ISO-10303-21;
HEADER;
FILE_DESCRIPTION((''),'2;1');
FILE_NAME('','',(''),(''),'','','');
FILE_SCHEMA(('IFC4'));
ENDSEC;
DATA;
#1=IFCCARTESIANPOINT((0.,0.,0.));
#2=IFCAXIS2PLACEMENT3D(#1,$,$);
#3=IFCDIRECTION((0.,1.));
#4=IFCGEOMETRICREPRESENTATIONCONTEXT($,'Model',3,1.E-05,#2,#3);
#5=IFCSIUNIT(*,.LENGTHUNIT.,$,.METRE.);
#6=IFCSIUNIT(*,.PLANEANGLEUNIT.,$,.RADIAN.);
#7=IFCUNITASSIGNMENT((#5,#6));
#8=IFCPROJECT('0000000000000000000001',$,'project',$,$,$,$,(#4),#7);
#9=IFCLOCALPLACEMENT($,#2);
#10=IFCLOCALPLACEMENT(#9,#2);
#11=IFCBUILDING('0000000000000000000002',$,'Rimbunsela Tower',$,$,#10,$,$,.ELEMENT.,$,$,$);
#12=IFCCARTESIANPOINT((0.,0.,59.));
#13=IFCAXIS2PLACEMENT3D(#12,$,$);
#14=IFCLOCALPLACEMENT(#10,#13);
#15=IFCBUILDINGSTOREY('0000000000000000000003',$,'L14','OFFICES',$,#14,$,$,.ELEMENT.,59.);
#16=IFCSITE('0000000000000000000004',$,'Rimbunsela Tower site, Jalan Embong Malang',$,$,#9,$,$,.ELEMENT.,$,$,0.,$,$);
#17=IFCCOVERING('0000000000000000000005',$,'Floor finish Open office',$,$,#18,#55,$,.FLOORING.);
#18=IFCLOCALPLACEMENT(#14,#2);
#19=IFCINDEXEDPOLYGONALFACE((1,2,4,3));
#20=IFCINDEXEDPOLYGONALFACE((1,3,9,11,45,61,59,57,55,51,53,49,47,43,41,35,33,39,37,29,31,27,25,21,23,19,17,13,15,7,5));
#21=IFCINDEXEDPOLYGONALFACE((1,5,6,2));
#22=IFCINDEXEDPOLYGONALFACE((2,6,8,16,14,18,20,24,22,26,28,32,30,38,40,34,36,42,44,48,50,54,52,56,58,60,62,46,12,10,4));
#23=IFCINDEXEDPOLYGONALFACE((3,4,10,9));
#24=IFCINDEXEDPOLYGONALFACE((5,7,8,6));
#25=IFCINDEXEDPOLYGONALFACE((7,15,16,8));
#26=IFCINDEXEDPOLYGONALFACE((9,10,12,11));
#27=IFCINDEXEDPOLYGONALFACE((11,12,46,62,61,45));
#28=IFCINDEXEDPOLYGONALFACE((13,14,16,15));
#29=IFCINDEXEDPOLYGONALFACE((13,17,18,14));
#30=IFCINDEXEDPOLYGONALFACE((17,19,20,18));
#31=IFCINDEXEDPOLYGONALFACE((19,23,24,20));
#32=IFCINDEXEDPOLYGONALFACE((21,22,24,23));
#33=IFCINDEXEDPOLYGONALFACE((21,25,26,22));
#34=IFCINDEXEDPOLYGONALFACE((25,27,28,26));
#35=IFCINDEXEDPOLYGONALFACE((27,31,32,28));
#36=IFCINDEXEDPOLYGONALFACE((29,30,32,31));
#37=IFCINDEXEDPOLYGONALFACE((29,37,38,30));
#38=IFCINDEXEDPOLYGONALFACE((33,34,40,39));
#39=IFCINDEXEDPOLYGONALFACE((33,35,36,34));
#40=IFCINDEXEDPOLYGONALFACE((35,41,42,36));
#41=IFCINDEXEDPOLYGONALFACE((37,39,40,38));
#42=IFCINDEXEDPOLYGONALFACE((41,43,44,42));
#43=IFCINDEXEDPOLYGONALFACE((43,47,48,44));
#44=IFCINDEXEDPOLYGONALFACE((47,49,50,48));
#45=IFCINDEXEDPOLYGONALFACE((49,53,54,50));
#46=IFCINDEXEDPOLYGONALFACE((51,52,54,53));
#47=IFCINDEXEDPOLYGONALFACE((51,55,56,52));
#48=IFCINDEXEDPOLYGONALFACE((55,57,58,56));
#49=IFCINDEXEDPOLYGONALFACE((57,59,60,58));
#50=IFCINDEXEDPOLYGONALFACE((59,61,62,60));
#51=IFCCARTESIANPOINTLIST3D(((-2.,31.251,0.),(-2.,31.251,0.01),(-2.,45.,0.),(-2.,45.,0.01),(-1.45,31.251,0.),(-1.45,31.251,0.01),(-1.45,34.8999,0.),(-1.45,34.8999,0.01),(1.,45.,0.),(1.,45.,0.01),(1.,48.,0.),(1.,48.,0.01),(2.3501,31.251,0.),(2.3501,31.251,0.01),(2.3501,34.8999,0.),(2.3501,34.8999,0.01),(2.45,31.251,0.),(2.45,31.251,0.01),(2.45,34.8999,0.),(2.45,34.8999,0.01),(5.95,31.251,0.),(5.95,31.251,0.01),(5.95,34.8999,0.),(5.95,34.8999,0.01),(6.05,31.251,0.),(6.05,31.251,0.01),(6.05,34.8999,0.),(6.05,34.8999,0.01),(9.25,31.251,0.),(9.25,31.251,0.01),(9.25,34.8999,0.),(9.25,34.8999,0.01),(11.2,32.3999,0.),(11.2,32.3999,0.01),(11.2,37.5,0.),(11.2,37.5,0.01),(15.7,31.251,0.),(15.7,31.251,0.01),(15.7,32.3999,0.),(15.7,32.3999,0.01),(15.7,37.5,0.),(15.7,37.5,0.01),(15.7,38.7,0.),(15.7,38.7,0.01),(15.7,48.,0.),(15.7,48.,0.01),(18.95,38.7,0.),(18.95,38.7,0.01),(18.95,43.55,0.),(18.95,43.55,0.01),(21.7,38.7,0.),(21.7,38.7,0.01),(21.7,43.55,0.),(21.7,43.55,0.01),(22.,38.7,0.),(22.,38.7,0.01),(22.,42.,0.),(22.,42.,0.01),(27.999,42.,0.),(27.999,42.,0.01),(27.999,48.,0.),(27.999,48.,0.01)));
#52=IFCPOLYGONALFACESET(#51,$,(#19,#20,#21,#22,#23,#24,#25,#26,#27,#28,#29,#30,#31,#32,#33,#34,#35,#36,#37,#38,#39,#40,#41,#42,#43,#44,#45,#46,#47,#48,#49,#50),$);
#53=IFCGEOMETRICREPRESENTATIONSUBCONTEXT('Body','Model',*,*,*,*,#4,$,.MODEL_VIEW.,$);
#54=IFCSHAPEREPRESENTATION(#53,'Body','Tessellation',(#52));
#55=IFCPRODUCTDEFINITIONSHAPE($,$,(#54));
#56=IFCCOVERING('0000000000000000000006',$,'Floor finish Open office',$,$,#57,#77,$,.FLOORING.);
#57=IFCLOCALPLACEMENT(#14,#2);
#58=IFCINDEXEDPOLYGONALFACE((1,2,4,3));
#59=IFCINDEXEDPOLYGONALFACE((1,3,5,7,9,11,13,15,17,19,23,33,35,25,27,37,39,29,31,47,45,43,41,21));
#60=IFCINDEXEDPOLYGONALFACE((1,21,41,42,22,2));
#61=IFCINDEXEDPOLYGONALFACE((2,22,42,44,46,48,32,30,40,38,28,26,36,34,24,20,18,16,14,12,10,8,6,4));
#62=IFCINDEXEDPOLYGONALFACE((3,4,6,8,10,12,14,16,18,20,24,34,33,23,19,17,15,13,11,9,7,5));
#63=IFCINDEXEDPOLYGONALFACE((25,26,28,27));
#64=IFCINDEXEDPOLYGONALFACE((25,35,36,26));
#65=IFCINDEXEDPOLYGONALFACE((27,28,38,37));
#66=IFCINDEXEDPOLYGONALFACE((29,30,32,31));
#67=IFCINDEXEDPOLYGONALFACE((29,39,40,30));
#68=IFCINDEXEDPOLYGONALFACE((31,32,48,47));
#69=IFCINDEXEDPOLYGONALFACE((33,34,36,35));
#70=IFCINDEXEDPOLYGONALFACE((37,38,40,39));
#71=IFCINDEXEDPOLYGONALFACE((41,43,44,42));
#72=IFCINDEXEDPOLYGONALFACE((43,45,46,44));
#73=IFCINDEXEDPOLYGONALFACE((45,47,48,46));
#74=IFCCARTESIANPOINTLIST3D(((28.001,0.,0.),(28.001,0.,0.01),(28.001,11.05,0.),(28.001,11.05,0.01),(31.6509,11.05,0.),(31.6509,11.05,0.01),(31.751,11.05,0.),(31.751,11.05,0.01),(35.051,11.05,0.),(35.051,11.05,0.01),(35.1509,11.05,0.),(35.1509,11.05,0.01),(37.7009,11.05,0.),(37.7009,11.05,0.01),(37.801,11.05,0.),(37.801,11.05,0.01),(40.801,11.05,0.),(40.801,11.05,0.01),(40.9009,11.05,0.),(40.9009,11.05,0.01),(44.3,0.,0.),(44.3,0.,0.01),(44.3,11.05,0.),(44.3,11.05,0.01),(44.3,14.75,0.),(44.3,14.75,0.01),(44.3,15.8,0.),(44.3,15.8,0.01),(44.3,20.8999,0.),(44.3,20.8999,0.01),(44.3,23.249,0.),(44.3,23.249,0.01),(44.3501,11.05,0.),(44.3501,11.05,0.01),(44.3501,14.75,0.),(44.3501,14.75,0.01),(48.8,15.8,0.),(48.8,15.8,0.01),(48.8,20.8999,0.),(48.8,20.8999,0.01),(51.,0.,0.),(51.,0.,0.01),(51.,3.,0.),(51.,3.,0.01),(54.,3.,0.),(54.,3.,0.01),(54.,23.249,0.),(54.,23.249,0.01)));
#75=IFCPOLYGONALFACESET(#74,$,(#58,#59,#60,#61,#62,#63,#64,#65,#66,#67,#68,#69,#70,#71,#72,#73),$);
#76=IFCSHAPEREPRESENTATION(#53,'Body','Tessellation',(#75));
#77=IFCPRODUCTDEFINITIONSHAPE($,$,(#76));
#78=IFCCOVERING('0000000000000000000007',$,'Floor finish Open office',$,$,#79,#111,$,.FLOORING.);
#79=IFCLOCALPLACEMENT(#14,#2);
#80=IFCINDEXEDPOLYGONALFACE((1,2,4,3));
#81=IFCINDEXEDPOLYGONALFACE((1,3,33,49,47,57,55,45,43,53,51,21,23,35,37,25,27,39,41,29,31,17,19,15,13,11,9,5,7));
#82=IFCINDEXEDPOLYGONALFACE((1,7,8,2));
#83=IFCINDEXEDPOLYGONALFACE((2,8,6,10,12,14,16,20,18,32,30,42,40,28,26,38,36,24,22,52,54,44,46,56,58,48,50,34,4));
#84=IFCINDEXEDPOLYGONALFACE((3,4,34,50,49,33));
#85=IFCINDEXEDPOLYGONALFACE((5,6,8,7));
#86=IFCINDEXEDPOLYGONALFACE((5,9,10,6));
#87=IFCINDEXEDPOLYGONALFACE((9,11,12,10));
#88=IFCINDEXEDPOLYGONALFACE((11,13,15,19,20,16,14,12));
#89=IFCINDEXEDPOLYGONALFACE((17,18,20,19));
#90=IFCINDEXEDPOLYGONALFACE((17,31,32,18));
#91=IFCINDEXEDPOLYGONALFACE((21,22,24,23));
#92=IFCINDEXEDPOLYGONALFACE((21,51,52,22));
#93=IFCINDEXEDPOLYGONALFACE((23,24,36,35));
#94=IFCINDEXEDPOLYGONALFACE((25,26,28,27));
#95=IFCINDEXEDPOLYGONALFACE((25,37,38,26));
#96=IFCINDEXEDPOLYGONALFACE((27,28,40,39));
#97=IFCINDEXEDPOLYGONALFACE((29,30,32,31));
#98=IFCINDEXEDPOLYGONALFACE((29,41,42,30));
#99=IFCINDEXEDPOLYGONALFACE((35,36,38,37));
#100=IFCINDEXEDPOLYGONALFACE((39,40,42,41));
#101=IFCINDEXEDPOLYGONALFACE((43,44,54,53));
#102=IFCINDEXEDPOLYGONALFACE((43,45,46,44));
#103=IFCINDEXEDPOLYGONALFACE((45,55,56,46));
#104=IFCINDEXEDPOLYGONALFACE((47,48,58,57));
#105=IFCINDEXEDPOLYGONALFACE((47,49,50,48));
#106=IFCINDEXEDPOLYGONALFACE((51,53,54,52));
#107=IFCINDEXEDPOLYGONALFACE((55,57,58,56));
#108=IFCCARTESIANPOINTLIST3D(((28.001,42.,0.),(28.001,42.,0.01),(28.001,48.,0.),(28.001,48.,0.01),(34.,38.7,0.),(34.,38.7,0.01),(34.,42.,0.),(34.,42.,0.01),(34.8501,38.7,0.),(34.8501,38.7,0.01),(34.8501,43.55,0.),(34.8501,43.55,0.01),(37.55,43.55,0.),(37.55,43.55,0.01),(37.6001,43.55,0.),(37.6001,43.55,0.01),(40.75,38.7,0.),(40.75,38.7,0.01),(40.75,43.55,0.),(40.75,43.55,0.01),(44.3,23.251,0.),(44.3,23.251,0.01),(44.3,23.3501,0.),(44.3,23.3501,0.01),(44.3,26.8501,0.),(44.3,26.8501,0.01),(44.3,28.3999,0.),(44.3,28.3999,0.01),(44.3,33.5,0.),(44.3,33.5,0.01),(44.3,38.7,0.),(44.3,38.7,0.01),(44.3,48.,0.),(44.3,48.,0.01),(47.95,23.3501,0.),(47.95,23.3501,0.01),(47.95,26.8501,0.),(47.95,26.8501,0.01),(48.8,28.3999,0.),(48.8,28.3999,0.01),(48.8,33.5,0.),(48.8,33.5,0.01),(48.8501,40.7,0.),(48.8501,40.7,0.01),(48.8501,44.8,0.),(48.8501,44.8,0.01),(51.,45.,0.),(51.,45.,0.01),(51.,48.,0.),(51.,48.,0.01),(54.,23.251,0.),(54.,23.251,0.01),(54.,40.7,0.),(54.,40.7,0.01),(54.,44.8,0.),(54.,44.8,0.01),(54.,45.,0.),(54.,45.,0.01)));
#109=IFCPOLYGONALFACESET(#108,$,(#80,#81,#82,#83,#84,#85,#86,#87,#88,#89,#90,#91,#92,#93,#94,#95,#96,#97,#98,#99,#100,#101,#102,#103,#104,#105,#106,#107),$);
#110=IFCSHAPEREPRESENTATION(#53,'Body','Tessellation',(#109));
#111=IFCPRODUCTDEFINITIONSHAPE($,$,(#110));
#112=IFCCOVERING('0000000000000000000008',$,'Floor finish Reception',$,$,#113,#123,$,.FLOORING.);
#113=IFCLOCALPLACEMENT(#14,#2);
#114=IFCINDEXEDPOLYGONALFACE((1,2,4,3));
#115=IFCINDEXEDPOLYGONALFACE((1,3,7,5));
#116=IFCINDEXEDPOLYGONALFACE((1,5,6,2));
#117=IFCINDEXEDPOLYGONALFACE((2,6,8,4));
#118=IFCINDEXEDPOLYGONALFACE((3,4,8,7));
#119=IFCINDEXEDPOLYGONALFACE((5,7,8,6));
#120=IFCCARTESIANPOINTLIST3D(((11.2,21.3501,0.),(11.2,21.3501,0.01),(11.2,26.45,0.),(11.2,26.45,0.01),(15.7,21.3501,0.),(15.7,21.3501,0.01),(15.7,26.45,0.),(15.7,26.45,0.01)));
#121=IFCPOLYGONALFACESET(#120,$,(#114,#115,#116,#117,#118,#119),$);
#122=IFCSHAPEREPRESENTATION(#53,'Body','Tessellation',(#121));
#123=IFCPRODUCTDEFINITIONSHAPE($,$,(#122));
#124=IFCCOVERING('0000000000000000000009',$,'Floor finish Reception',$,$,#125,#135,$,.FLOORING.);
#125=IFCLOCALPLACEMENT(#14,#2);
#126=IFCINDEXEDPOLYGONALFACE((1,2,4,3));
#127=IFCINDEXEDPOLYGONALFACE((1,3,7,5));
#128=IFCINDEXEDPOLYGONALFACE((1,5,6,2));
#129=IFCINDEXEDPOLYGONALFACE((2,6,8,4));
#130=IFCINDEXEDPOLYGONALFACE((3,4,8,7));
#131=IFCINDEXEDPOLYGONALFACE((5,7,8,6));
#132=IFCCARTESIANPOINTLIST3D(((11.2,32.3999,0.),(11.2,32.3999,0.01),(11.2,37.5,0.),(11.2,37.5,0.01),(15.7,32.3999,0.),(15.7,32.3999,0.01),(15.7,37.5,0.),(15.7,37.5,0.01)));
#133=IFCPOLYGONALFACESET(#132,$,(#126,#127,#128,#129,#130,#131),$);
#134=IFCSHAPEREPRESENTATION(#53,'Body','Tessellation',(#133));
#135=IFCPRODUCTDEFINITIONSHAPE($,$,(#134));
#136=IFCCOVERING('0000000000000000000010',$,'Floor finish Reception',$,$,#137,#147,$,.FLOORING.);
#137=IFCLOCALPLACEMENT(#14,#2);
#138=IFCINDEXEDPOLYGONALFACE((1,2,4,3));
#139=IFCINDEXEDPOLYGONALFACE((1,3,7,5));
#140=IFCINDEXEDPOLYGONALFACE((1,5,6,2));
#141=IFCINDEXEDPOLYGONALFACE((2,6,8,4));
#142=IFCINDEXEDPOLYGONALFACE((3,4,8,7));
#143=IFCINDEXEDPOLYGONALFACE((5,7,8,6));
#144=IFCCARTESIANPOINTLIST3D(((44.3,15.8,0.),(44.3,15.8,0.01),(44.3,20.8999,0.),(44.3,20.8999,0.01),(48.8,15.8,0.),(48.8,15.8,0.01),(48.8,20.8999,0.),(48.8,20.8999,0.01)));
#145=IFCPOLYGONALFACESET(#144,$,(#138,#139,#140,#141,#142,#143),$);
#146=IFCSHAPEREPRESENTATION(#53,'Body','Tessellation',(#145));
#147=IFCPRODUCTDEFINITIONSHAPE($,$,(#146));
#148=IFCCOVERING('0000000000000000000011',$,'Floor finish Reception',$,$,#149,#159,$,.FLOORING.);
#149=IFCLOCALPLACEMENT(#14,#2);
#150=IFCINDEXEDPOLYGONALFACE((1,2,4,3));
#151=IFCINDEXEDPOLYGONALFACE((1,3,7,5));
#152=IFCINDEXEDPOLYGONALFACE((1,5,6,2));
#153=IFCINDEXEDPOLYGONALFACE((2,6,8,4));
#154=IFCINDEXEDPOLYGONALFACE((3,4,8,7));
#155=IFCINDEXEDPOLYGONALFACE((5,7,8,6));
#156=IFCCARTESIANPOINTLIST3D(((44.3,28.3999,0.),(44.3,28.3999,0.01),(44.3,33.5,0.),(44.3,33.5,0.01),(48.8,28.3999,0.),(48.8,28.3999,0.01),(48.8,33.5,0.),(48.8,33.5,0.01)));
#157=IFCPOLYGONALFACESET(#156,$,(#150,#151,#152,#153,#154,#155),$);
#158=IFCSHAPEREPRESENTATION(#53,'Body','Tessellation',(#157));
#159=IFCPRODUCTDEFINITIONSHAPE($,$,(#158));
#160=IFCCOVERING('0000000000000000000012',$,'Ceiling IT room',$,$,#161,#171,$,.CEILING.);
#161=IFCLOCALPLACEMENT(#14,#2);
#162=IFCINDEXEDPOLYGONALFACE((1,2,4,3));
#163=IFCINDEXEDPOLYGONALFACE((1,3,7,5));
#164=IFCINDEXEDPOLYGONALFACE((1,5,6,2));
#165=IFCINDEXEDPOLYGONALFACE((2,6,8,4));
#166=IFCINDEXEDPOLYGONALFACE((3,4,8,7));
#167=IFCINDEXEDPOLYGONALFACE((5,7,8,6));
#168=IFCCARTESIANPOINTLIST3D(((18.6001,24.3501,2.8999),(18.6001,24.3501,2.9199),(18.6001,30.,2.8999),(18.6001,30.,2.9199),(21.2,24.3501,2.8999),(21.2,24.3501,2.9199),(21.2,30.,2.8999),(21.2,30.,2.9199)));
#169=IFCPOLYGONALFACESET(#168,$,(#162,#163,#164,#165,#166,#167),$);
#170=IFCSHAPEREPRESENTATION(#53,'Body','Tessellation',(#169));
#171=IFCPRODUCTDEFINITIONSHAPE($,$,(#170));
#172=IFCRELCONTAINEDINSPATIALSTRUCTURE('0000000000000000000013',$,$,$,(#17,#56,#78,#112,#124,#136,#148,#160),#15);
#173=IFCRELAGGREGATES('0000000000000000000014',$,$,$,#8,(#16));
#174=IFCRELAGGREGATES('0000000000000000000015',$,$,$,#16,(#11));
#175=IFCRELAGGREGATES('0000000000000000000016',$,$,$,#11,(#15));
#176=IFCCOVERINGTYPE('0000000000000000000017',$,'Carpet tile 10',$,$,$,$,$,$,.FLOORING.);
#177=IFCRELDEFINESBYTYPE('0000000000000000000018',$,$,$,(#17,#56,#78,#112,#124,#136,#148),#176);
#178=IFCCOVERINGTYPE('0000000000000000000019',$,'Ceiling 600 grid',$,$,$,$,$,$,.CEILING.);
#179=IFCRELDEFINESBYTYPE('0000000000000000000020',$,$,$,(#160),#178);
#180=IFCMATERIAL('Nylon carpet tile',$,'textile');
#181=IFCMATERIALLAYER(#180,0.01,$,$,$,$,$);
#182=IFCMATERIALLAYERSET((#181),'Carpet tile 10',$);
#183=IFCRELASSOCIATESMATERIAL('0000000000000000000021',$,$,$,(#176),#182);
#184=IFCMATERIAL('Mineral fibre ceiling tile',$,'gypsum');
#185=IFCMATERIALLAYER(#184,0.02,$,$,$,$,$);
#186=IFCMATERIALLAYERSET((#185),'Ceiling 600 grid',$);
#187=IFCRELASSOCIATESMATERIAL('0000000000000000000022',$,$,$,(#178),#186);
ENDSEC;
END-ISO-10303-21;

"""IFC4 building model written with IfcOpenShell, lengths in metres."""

from ifc_helpers import new_model, si_unit, direction, frame, origin, place, context, subcontext, project, spatial, polyline, outline, extrude, material, layer, layer_set, type_object, element, save


model = new_model("IFC4")

# Units and contexts
model_context = context("Model", 3, precision=1e-05, world=origin(), true_north=direction((0.0, 1.0)))
body_context = subcontext(model_context, "Body", "Model", "MODEL_VIEW")
ifc_project = project(units=[si_unit("LENGTHUNIT", "METRE"), si_unit("PLANEANGLEUNIT", "RADIAN")], contexts=[model_context])

# Site, building, storey
site_placement = place(None, origin())
site = spatial("IfcSite", under=ifc_project, at=site_placement, Name="Rimbunsela Tower site, Jalan Embong Malang", CompositionType="ELEMENT", RefElevation=0.0)
building_placement = place(site_placement, origin())
building = spatial("IfcBuilding", under=site, at=building_placement, Name="Rimbunsela Tower", CompositionType="ELEMENT")
storey_placement = place(building_placement, frame((0.0, 0.0, 59.0)))
storey = spatial("IfcBuildingStorey", under=building, at=storey_placement, Name="L14", Description="OFFICES", CompositionType="ELEMENT", Elevation=59.0)

# Coverings
ifc_material_1 = material(Name="Nylon carpet tile", Category="textile")
ifc_layer_1 = layer(ifc_material_1, 0.01)
ifc_layer_set_1 = layer_set([ifc_layer_1], Name="Carpet tile 10")
covering_type_1 = type_object("IfcCoveringType", Name="Carpet tile 10", PredefinedType="FLOORING", material=ifc_layer_set_1)
covering_1_placement = place(storey_placement, origin())
element("IfcCovering", 1, at=covering_1_placement, inside=storey, type_object=covering_type_1, Name="Floor finish Open office", PredefinedType="FLOORING", context=body_context, shape_type="SweptSolid", body=[
    extrude(outline(polyline([(11.2, 37.5), (11.2, 32.3999), (15.7, 32.3999), (15.7, 31.251), (9.25, 31.251), (9.25, 34.8999), (6.05, 34.8999), (6.05, 31.251), (5.95, 31.251), (5.95, 34.8999), (2.45, 34.8999), (2.45, 31.251), (2.3501, 31.251), (2.3501, 34.8999), (-1.45, 34.8999), (-1.45, 31.251), (-2.0, 31.251), (-2.0, 45.0), (1.0, 45.0), (1.0, 48.0), (15.7, 48.0), (27.999, 48.0), (27.999, 42.0), (22.0, 42.0), (22.0, 38.7), (21.7, 38.7), (21.7, 43.55), (18.95, 43.55), (18.95, 38.7), (15.7, 38.7), (15.7, 37.5), (11.2, 37.5)])), origin(), (0.0, 0.0, 1.0), 0.01),
])
covering_2_placement = place(storey_placement, origin())
element("IfcCovering", 2, at=covering_2_placement, inside=storey, type_object=covering_type_1, Name="Floor finish Open office", PredefinedType="FLOORING", context=body_context, shape_type="SweptSolid", body=[
    extrude(outline(polyline([(28.001, 11.05), (31.6509, 11.05), (31.751, 11.05), (35.051, 11.05), (35.1509, 11.05), (37.7009, 11.05), (37.801, 11.05), (40.801, 11.05), (40.9009, 11.05), (44.3, 11.05), (44.3501, 11.05), (44.3501, 14.75), (44.3, 14.75), (44.3, 15.8), (48.8, 15.8), (48.8, 20.8999), (44.3, 20.8999), (44.3, 23.249), (54.0, 23.249), (54.0, 3.0), (51.0, 3.0), (51.0, 0.0), (44.3, 0.0), (28.001, 0.0), (28.001, 11.05)])), origin(), (0.0, 0.0, 1.0), 0.01),
])
covering_3_placement = place(storey_placement, origin())
element("IfcCovering", 3, at=covering_3_placement, inside=storey, type_object=covering_type_1, Name="Floor finish Open office", PredefinedType="FLOORING", context=body_context, shape_type="SweptSolid", body=[
    extrude(outline(polyline([(48.8501, 44.8), (48.8501, 40.7), (54.0, 40.7), (54.0, 23.251), (44.3, 23.251), (44.3, 23.3501), (47.95, 23.3501), (47.95, 26.8501), (44.3, 26.8501), (44.3, 28.3999), (48.8, 28.3999), (48.8, 33.5), (44.3, 33.5), (44.3, 38.7), (40.75, 38.7), (40.75, 43.55), (37.6001, 43.55), (37.55, 43.55), (34.8501, 43.55), (34.8501, 38.7), (34.0, 38.7), (34.0, 42.0), (28.001, 42.0), (28.001, 48.0), (44.3, 48.0), (51.0, 48.0), (51.0, 45.0), (54.0, 45.0), (54.0, 44.8), (48.8501, 44.8)])), origin(), (0.0, 0.0, 1.0), 0.01),
])
covering_4_placement = place(storey_placement, origin())
element("IfcCovering", 4, at=covering_4_placement, inside=storey, type_object=covering_type_1, Name="Floor finish Reception", PredefinedType="FLOORING", context=body_context, shape_type="SweptSolid", body=[
    extrude(outline(polyline([(15.7, 21.3501), (15.7, 26.45), (11.2, 26.45), (11.2, 21.3501), (15.7, 21.3501)])), origin(), (0.0, 0.0, 1.0), 0.01),
])
covering_5_placement = place(storey_placement, origin())
element("IfcCovering", 5, at=covering_5_placement, inside=storey, type_object=covering_type_1, Name="Floor finish Reception", PredefinedType="FLOORING", context=body_context, shape_type="SweptSolid", body=[
    extrude(outline(polyline([(15.7, 32.3999), (15.7, 37.5), (11.2, 37.5), (11.2, 32.3999), (15.7, 32.3999)])), origin(), (0.0, 0.0, 1.0), 0.01),
])
covering_6_placement = place(storey_placement, origin())
element("IfcCovering", 6, at=covering_6_placement, inside=storey, type_object=covering_type_1, Name="Floor finish Reception", PredefinedType="FLOORING", context=body_context, shape_type="SweptSolid", body=[
    extrude(outline(polyline([(48.8, 15.8), (48.8, 20.8999), (44.3, 20.8999), (44.3, 15.8), (48.8, 15.8)])), origin(), (0.0, 0.0, 1.0), 0.01),
])
covering_7_placement = place(storey_placement, origin())
element("IfcCovering", 7, at=covering_7_placement, inside=storey, type_object=covering_type_1, Name="Floor finish Reception", PredefinedType="FLOORING", context=body_context, shape_type="SweptSolid", body=[
    extrude(outline(polyline([(48.8, 28.3999), (48.8, 33.5), (44.3, 33.5), (44.3, 28.3999), (48.8, 28.3999)])), origin(), (0.0, 0.0, 1.0), 0.01),
])
ifc_material_2 = material(Name="Mineral fibre ceiling tile", Category="gypsum")
ifc_layer_2 = layer(ifc_material_2, 0.02)
ifc_layer_set_2 = layer_set([ifc_layer_2], Name="Ceiling 600 grid")
covering_type_2 = type_object("IfcCoveringType", Name="Ceiling 600 grid", PredefinedType="CEILING", material=ifc_layer_set_2)
covering_8_placement = place(storey_placement, frame((0.0, 0.0, 2.8999)))
element("IfcCovering", 8, at=covering_8_placement, inside=storey, type_object=covering_type_2, Name="Ceiling IT room", PredefinedType="CEILING", context=body_context, shape_type="SweptSolid", body=[
    extrude(outline(polyline([(21.2, 24.3501), (21.2, 30.0), (18.6001, 30.0), (18.6001, 24.3501), (21.2, 24.3501)])), origin(), (0.0, 0.0, 1.0), 0.02),
])

save(model, "model.ifc")
